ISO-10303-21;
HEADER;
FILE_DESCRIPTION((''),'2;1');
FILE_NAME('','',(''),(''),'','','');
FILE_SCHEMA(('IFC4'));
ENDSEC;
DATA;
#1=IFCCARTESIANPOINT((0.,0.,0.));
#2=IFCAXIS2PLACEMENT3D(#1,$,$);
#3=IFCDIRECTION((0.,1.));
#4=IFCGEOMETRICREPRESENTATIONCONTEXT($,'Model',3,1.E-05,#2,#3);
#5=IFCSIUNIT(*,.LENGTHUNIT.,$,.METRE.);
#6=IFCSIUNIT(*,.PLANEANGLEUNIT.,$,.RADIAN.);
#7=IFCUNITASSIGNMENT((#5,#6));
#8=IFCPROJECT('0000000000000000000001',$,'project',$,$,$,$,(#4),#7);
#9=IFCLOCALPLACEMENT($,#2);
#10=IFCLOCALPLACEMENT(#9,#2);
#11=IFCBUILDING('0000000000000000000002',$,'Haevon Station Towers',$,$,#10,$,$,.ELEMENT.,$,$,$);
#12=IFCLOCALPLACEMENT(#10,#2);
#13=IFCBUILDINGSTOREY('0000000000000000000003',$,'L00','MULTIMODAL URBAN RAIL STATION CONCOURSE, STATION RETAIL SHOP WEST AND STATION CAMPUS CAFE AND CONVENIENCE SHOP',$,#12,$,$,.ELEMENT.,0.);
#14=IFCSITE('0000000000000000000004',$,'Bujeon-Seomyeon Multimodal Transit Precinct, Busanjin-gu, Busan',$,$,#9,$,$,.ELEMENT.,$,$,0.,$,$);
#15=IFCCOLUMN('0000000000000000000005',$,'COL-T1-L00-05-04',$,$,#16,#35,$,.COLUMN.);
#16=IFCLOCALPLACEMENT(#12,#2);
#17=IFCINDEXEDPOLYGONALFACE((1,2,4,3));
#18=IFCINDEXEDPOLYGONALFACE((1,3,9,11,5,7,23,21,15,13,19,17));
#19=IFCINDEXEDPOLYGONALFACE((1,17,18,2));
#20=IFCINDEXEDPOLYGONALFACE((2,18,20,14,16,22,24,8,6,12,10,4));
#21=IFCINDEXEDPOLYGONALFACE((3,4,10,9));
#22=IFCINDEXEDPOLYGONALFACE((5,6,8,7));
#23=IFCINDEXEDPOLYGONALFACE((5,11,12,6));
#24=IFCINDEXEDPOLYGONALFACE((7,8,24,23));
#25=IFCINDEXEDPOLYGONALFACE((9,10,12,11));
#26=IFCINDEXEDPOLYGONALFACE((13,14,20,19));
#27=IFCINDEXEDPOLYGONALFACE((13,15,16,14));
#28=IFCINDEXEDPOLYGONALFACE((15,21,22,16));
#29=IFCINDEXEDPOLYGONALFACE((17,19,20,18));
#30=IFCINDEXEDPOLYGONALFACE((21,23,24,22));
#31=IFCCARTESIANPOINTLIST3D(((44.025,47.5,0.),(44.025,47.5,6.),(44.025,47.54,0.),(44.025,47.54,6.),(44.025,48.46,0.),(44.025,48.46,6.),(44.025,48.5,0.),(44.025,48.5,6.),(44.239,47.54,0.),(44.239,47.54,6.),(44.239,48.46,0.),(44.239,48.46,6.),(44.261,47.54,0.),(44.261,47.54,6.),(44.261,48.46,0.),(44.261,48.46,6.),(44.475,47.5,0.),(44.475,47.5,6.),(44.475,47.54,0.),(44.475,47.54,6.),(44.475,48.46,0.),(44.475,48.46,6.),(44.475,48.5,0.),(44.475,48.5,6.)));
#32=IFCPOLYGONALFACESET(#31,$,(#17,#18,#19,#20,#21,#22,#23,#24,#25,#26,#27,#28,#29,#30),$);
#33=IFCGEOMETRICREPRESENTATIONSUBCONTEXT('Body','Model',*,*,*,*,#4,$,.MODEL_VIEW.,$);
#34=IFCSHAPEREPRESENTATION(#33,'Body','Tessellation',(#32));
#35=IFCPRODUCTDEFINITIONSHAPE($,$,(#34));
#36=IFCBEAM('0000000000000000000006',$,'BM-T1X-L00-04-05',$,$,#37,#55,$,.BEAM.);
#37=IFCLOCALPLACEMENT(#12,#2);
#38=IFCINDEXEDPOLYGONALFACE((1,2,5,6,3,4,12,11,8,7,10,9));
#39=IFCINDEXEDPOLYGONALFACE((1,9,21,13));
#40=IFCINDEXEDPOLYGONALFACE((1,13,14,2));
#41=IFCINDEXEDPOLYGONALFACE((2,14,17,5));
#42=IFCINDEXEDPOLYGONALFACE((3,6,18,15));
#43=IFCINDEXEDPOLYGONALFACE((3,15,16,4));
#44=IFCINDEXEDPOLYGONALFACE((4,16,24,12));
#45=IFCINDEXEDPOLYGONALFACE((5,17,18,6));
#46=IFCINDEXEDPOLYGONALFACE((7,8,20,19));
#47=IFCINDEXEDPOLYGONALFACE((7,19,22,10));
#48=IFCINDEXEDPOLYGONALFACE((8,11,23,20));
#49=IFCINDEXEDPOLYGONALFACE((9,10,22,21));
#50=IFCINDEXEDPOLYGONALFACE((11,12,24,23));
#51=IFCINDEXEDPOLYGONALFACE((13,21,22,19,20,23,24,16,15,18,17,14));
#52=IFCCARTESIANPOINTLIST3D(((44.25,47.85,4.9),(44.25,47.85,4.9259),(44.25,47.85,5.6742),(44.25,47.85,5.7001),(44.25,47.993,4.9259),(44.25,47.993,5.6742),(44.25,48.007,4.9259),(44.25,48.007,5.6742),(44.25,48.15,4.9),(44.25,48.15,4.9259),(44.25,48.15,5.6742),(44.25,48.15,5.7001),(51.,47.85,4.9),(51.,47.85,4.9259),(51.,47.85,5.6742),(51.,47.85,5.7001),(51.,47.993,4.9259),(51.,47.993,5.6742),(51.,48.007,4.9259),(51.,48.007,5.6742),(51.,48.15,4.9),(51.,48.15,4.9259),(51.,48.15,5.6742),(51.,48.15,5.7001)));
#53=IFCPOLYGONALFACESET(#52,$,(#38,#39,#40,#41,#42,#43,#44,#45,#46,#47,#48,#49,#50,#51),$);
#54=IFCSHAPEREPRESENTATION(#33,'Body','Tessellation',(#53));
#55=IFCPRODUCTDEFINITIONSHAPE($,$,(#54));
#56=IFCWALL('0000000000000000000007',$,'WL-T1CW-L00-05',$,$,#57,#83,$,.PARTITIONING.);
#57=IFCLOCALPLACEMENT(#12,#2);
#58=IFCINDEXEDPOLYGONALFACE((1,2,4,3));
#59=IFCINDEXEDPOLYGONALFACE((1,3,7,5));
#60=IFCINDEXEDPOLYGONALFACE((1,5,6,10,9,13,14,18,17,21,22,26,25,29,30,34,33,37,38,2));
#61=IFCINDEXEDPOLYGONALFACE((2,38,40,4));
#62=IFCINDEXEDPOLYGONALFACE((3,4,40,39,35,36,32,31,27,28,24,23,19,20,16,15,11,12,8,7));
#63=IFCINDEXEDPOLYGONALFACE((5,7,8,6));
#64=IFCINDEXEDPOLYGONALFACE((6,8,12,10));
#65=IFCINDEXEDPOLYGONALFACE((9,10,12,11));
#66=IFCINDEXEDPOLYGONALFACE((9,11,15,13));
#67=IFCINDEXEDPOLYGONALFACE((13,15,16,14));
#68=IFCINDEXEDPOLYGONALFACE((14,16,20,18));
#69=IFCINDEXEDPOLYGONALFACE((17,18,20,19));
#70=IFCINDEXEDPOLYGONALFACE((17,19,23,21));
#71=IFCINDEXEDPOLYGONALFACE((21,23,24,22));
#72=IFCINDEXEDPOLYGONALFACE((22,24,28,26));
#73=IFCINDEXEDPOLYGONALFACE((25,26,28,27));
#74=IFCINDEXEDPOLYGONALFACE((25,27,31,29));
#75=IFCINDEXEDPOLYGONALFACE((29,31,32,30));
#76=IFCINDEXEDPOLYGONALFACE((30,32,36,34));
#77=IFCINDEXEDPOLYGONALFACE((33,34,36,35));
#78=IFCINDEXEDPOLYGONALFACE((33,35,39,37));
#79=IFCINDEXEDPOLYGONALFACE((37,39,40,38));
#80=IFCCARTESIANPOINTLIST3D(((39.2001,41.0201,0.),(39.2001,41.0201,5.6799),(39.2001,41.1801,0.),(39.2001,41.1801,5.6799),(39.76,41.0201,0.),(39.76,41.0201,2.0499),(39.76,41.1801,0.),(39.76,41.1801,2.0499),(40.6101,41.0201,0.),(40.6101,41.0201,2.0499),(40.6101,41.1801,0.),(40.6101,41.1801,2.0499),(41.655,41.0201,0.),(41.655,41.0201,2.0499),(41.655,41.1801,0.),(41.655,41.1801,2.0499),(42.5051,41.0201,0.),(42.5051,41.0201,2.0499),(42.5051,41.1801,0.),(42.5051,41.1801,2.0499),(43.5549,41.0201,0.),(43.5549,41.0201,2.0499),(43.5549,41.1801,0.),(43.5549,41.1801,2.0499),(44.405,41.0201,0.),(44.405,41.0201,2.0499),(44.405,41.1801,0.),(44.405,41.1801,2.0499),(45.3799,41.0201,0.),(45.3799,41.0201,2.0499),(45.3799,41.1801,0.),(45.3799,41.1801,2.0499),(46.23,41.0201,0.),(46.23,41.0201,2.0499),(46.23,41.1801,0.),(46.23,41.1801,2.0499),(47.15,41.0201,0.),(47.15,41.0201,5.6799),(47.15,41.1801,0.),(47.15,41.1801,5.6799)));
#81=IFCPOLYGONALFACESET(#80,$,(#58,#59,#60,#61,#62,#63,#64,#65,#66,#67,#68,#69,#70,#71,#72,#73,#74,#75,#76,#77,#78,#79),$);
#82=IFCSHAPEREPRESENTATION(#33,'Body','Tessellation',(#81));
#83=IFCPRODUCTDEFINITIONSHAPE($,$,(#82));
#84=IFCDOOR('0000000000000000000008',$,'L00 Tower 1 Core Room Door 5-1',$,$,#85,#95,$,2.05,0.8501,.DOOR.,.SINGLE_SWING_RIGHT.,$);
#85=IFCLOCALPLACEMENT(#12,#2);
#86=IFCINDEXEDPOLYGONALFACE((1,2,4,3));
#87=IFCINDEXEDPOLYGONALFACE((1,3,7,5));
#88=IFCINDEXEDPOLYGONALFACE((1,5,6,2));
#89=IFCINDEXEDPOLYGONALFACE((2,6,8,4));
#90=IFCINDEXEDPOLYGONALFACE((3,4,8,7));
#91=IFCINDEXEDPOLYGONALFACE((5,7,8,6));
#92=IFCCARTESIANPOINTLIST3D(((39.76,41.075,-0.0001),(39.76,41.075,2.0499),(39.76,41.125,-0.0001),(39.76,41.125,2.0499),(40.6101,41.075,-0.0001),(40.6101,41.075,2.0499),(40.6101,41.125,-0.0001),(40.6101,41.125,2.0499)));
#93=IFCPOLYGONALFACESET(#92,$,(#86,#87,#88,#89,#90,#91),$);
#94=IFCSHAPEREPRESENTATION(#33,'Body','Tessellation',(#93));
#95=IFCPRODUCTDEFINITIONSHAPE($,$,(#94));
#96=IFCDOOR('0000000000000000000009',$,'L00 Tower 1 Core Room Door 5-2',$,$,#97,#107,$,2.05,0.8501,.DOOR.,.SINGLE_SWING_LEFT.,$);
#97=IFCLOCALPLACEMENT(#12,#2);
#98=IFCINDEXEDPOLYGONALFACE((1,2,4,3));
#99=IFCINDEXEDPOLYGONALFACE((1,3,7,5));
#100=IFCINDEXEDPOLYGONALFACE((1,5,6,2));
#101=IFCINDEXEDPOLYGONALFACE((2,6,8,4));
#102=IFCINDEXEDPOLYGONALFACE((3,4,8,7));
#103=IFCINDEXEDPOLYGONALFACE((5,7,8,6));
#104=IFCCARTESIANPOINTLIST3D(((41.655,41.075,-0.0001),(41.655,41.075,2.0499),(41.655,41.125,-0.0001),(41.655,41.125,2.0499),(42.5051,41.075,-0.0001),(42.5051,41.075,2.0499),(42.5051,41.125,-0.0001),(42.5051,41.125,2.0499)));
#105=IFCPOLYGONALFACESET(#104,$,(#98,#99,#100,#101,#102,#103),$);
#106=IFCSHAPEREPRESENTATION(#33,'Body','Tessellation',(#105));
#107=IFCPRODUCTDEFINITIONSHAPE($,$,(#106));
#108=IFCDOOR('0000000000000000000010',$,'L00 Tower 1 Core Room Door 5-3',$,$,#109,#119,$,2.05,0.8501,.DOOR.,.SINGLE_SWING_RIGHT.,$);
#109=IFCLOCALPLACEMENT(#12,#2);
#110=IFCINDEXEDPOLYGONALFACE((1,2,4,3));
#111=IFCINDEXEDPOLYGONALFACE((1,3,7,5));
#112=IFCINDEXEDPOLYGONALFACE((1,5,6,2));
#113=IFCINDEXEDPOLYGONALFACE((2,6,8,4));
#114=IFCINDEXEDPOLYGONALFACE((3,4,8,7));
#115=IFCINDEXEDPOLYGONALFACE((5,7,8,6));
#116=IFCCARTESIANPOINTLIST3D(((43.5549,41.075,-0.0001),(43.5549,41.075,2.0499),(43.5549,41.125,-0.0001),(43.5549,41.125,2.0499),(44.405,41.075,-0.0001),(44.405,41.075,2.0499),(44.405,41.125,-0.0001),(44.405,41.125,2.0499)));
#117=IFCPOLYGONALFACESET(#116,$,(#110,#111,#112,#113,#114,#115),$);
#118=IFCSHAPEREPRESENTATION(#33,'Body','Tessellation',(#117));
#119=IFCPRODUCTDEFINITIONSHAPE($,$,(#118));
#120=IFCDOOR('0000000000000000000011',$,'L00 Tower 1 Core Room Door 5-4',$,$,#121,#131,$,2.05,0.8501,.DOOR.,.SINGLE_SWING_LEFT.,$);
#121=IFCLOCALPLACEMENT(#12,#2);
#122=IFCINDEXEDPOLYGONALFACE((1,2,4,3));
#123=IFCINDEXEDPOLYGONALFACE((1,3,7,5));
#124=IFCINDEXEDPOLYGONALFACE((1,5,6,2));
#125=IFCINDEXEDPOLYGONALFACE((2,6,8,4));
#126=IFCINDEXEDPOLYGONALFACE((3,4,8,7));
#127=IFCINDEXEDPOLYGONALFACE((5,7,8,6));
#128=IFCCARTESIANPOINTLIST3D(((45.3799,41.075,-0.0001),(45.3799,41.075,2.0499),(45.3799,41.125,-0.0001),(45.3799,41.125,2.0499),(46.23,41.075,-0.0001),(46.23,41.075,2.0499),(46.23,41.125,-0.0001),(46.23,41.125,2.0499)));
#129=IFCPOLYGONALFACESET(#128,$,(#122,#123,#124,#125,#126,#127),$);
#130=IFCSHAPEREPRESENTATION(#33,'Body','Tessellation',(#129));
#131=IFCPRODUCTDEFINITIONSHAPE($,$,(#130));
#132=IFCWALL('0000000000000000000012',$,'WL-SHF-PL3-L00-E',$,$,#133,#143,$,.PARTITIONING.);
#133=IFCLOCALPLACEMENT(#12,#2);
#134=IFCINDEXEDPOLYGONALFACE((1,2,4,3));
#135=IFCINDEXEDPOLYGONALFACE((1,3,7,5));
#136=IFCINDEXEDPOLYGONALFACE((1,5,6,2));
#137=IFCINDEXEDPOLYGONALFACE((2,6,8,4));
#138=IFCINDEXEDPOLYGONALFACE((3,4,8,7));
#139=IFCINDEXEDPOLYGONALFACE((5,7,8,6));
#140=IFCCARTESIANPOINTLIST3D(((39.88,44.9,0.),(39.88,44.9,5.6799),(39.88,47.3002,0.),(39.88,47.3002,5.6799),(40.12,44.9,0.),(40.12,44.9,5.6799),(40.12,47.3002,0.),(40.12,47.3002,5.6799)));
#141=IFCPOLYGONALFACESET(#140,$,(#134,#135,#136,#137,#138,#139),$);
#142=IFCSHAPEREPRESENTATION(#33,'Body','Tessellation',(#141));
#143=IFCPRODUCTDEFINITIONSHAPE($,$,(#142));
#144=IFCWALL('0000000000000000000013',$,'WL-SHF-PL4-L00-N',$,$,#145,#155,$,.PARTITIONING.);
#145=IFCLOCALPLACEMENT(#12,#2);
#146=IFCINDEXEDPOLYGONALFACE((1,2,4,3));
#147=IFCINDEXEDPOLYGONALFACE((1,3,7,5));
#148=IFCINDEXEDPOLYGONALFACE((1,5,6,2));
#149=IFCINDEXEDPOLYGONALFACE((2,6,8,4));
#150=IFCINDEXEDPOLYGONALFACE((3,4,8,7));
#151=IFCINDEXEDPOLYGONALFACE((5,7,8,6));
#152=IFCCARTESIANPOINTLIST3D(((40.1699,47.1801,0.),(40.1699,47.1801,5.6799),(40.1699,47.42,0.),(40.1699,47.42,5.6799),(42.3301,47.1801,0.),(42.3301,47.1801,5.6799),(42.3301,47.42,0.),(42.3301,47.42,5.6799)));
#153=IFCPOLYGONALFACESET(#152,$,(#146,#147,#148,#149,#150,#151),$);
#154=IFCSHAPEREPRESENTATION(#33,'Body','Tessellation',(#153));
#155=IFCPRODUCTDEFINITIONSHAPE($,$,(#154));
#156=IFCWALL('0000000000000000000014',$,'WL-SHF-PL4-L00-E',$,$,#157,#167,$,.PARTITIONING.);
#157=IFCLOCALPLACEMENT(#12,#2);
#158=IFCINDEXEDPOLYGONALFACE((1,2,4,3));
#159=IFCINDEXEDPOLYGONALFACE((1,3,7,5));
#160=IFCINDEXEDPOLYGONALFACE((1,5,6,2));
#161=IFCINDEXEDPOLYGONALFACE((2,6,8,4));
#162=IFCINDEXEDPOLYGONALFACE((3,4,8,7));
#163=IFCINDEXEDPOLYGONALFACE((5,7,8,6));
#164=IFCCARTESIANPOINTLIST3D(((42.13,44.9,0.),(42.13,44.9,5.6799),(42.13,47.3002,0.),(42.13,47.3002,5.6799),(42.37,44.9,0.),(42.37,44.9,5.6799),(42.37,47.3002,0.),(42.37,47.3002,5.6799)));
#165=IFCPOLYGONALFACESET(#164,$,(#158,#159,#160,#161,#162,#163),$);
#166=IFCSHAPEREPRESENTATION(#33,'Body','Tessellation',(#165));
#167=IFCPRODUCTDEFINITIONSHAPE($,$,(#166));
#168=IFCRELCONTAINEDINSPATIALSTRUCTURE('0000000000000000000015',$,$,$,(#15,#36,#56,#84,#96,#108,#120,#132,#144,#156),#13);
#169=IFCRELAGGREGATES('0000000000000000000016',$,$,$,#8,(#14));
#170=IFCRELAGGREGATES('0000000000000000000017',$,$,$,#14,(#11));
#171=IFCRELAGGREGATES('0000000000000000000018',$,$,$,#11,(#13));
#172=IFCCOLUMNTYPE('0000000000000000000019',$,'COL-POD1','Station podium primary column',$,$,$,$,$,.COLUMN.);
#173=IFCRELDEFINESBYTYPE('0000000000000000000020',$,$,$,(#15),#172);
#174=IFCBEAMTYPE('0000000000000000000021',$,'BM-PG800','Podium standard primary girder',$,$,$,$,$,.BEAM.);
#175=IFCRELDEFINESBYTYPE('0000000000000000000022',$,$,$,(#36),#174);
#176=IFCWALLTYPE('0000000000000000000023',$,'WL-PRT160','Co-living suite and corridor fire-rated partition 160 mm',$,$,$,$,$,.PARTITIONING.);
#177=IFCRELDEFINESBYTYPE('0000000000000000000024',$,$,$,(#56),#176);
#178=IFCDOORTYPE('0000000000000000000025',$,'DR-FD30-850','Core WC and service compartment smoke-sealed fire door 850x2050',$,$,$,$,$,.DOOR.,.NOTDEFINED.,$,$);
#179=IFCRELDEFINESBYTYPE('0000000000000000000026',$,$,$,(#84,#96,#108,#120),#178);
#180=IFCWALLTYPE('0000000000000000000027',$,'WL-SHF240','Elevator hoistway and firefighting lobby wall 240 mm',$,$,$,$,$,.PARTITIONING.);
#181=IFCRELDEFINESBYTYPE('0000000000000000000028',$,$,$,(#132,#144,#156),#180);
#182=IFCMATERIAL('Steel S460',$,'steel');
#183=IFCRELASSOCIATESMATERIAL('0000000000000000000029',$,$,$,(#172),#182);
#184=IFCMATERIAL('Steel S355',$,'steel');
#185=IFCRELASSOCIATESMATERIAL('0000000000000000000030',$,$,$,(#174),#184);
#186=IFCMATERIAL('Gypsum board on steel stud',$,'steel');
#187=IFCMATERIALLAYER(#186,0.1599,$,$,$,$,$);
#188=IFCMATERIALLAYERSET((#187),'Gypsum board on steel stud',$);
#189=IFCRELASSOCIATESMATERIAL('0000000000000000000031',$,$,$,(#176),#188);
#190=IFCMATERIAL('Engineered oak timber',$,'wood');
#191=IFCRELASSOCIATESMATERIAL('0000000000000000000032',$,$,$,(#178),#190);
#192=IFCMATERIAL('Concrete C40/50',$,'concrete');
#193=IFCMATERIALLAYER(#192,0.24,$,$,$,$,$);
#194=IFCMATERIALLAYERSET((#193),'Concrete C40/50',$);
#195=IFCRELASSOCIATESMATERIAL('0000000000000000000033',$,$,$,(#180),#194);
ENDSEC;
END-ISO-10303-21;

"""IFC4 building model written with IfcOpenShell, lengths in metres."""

from ifc_helpers import new_model, si_unit, direction, frame, frame_2d, origin, origin_2d, place, context, subcontext, project, spatial, rectangle, i_section, extrude, material, layer, layer_set, material_profile, profile_set, type_object, element, fill, save


model = new_model("IFC4")

# Units and contexts
model_context = context("Model", 3, precision=1e-05, world=origin(), true_north=direction((0.0, 1.0)))
body_context = subcontext(model_context, "Body", "Model", "MODEL_VIEW")
ifc_project = project(units=[si_unit("LENGTHUNIT", "METRE"), si_unit("PLANEANGLEUNIT", "RADIAN")], contexts=[model_context])

# Site, building, storey
site_placement = place(None, origin())
site = spatial("IfcSite", under=ifc_project, at=site_placement, Name="Bujeon-Seomyeon Multimodal Transit Precinct, Busanjin-gu, Busan", CompositionType="ELEMENT", RefElevation=0.0)
building_placement = place(site_placement, origin())
building = spatial("IfcBuilding", under=site, at=building_placement, Name="Haevon Station Towers", CompositionType="ELEMENT")
storey_placement = place(building_placement, origin())
storey = spatial("IfcBuildingStorey", under=building, at=storey_placement, Name="L00", Description="MULTIMODAL URBAN RAIL STATION CONCOURSE, STATION RETAIL SHOP WEST AND STATION CAMPUS CAFE AND CONVENIENCE SHOP", CompositionType="ELEMENT", Elevation=0.0)

# Column
ifc_material_1 = material(Name="Steel S460", Category="steel")
ifc_material_profile_1 = material_profile(ifc_material_1, i_section(OverallWidth=0.45, OverallDepth=1.0, WebThickness=0.022, FlangeThickness=0.04, at=origin_2d()), Name="H-1000x450x22x40")
ifc_profile_set_1 = profile_set([ifc_material_profile_1], Name="Steel S460")
column_type = type_object("IfcColumnType", Name="COL-POD1", Description="Station podium primary column", PredefinedType="COLUMN", material=ifc_profile_set_1)
column_placement = place(storey_placement, frame((44.25, 48.0, 0.0), z_axis=(0.0, 0.0, 1.0), x_axis=(1.0, 0.0, 0.0)))
element("IfcColumn", 1, at=column_placement, inside=storey, type_object=column_type, Name="COL-T1-L00-05-04", PredefinedType="COLUMN", context=body_context, shape_type="SweptSolid", body=[
    extrude(i_section(OverallWidth=0.45, OverallDepth=1.0, WebThickness=0.022, FlangeThickness=0.04, at=origin_2d()), origin(), (0.0, 0.0, 1.0), 6.0),
])

# Beam
ifc_material_2 = material(Name="Steel S355", Category="steel")
ifc_material_profile_2 = material_profile(ifc_material_2, i_section(OverallWidth=0.3, OverallDepth=0.8, WebThickness=0.0139, FlangeThickness=0.0259, at=origin_2d()), Name="H-800x300x14x26")
ifc_profile_set_2 = profile_set([ifc_material_profile_2], Name="Steel S355")
beam_type = type_object("IfcBeamType", Name="BM-PG800", Description="Podium standard primary girder", PredefinedType="BEAM", material=ifc_profile_set_2)
beam_placement = place(storey_placement, frame((44.25, 48.0, 5.3), z_axis=(1.0, 0.0, 0.0), x_axis=(0.0, 1.0, 0.0)))
element("IfcBeam", 2, at=beam_placement, inside=storey, type_object=beam_type, Name="BM-T1X-L00-04-05", PredefinedType="BEAM", context=body_context, shape_type="SweptSolid", body=[
    extrude(i_section(OverallWidth=0.3, OverallDepth=0.8, WebThickness=0.0139, FlangeThickness=0.0259, at=origin_2d()), origin(), (0.0, 0.0, 1.0), 6.75),
])

# Wall, openings, doors
ifc_material_3 = material(Name="Gypsum board on steel stud", Category="steel")
ifc_layer_1 = layer(ifc_material_3, 0.1599)
ifc_layer_set_1 = layer_set([ifc_layer_1], Name="Gypsum board on steel stud")
wall_type_1 = type_object("IfcWallType", Name="WL-PRT160", Description="Co-living suite and corridor fire-rated partition 160 mm", PredefinedType="PARTITIONING", material=ifc_layer_set_1)
wall_1_placement = place(storey_placement, frame((39.2, 41.1001, 0.0), z_axis=(0.0, 0.0, 1.0), x_axis=(1.0, 0.0, 0.0)))
wall_1 = element("IfcWall", 3, at=wall_1_placement, inside=storey, type_object=wall_type_1, Name="WL-T1CW-L00-05", PredefinedType="PARTITIONING", context=body_context, shape_type="SweptSolid", body=[
    extrude(rectangle(XDim=7.95, YDim=0.1599, at=frame_2d((3.9751, 0.0))), origin(), (0.0, 0.0, 1.0), 5.6799),
])
opening_1_placement = place(wall_1_placement, frame((0.5601, 0.0, 0.0)))
opening_1 = element("IfcOpeningElement", 4, at=opening_1_placement, cuts=wall_1, PredefinedType="OPENING", context=body_context, shape_type="SweptSolid", body=[
    extrude(rectangle(XDim=0.8501, YDim=2.05, at=frame_2d((0.425, 1.0249))), frame((0.0, 0.0898, 0.0), z_axis=(0.0, -1.0, 0.0), x_axis=(1.0, 0.0, 0.0)), (0.0, 0.0, 1.0), 0.1799),
])
opening_2_placement = place(wall_1_placement, frame((2.4551, 0.0, 0.0)))
opening_2 = element("IfcOpeningElement", 5, at=opening_2_placement, cuts=wall_1, PredefinedType="OPENING", context=body_context, shape_type="SweptSolid", body=[
    extrude(rectangle(XDim=0.8501, YDim=2.05, at=frame_2d((0.425, 1.0249))), frame((0.0, 0.0898, 0.0), z_axis=(0.0, -1.0, 0.0), x_axis=(1.0, 0.0, 0.0)), (0.0, 0.0, 1.0), 0.1799),
])
opening_3_placement = place(wall_1_placement, frame((4.355, 0.0, 0.0)))
opening_3 = element("IfcOpeningElement", 6, at=opening_3_placement, cuts=wall_1, PredefinedType="OPENING", context=body_context, shape_type="SweptSolid", body=[
    extrude(rectangle(XDim=0.8501, YDim=2.05, at=frame_2d((0.425, 1.0249))), frame((0.0, 0.0898, 0.0), z_axis=(0.0, -1.0, 0.0), x_axis=(1.0, 0.0, 0.0)), (0.0, 0.0, 1.0), 0.1799),
])
opening_4_placement = place(wall_1_placement, frame((6.1799, 0.0, 0.0)))
opening_4 = element("IfcOpeningElement", 7, at=opening_4_placement, cuts=wall_1, PredefinedType="OPENING", context=body_context, shape_type="SweptSolid", body=[
    extrude(rectangle(XDim=0.8501, YDim=2.05, at=frame_2d((0.425, 1.0249))), frame((0.0, 0.0898, 0.0), z_axis=(0.0, -1.0, 0.0), x_axis=(1.0, 0.0, 0.0)), (0.0, 0.0, 1.0), 0.1799),
])
ifc_material_4 = material(Name="Engineered oak timber", Category="wood")
door_type_1 = type_object("IfcDoorType", Name="DR-FD30-850", Description="Core WC and service compartment smoke-sealed fire door 850x2050", OperationType="NOTDEFINED", PredefinedType="DOOR", material=ifc_material_4)
door_1_placement = place(opening_1_placement, origin())
door_1 = element("IfcDoor", 8, at=door_1_placement, inside=storey, type_object=door_type_1, Name="L00 Tower 1 Core Room Door 5-1", OperationType="SINGLE_SWING_RIGHT", OverallHeight=2.05, OverallWidth=0.8501, PredefinedType="DOOR", context=body_context, shape_type="SweptSolid", body=[
    extrude(rectangle(XDim=0.8501, YDim=2.05, at=frame_2d((0.425, 1.0249))), frame((0.0, 0.0249, 0.0), z_axis=(0.0, -1.0, 0.0), x_axis=(1.0, 0.0, 0.0)), (0.0, 0.0, 1.0), 0.05),
])
fill(opening_1, door_1)
door_2_placement = place(opening_2_placement, origin())
door_2 = element("IfcDoor", 9, at=door_2_placement, inside=storey, type_object=door_type_1, Name="L00 Tower 1 Core Room Door 5-2", OperationType="SINGLE_SWING_LEFT", OverallHeight=2.05, OverallWidth=0.8501, PredefinedType="DOOR", context=body_context, shape_type="SweptSolid", body=[
    extrude(rectangle(XDim=0.8501, YDim=2.05, at=frame_2d((0.425, 1.0249))), frame((0.0, 0.0249, 0.0), z_axis=(0.0, -1.0, 0.0), x_axis=(1.0, 0.0, 0.0)), (0.0, 0.0, 1.0), 0.05),
])
fill(opening_2, door_2)
door_3_placement = place(opening_3_placement, origin())
door_3 = element("IfcDoor", 10, at=door_3_placement, inside=storey, type_object=door_type_1, Name="L00 Tower 1 Core Room Door 5-3", OperationType="SINGLE_SWING_RIGHT", OverallHeight=2.05, OverallWidth=0.8501, PredefinedType="DOOR", context=body_context, shape_type="SweptSolid", body=[
    extrude(rectangle(XDim=0.8501, YDim=2.05, at=frame_2d((0.425, 1.0249))), frame((0.0, 0.0249, 0.0), z_axis=(0.0, -1.0, 0.0), x_axis=(1.0, 0.0, 0.0)), (0.0, 0.0, 1.0), 0.05),
])
fill(opening_3, door_3)
door_4_placement = place(opening_4_placement, origin())
door_4 = element("IfcDoor", 11, at=door_4_placement, inside=storey, type_object=door_type_1, Name="L00 Tower 1 Core Room Door 5-4", OperationType="SINGLE_SWING_LEFT", OverallHeight=2.05, OverallWidth=0.8501, PredefinedType="DOOR", context=body_context, shape_type="SweptSolid", body=[
    extrude(rectangle(XDim=0.8501, YDim=2.05, at=frame_2d((0.425, 1.0249))), frame((0.0, 0.0249, 0.0), z_axis=(0.0, -1.0, 0.0), x_axis=(1.0, 0.0, 0.0)), (0.0, 0.0, 1.0), 0.05),
])
fill(opening_4, door_4)

# Wall
ifc_material_5 = material(Name="Concrete C40/50", Category="concrete")
ifc_layer_2 = layer(ifc_material_5, 0.24)
ifc_layer_set_2 = layer_set([ifc_layer_2], Name="Concrete C40/50")
wall_type_2 = type_object("IfcWallType", Name="WL-SHF240", Description="Elevator hoistway and firefighting lobby wall 240 mm", PredefinedType="PARTITIONING", material=ifc_layer_set_2)
wall_2_placement = place(storey_placement, frame((40.0, 44.8999, 0.0), z_axis=(0.0, 0.0, 1.0), x_axis=(0.0, 1.0, 0.0)))
element("IfcWall", 12, at=wall_2_placement, inside=storey, type_object=wall_type_2, Name="WL-SHF-PL3-L00-E", PredefinedType="PARTITIONING", context=body_context, shape_type="SweptSolid", body=[
    extrude(rectangle(XDim=2.4001, YDim=0.24, at=frame_2d((1.2002, 0.0))), origin(), (0.0, 0.0, 1.0), 5.6799),
])

# Walls
wall_3_placement = place(storey_placement, frame((40.1699, 47.3, 0.0), z_axis=(0.0, 0.0, 1.0), x_axis=(1.0, 0.0, 0.0)))
element("IfcWall", 13, at=wall_3_placement, inside=storey, type_object=wall_type_2, Name="WL-SHF-PL4-L00-N", PredefinedType="PARTITIONING", context=body_context, shape_type="SweptSolid", body=[
    extrude(rectangle(XDim=2.1602, YDim=0.24, at=frame_2d((1.0801, 0.0))), origin(), (0.0, 0.0, 1.0), 5.6799),
])
wall_4_placement = place(storey_placement, frame((42.25, 44.8999, 0.0), z_axis=(0.0, 0.0, 1.0), x_axis=(0.0, 1.0, 0.0)))
element("IfcWall", 14, at=wall_4_placement, inside=storey, type_object=wall_type_2, Name="WL-SHF-PL4-L00-E", PredefinedType="PARTITIONING", context=body_context, shape_type="SweptSolid", body=[
    extrude(rectangle(XDim=2.4001, YDim=0.24, at=frame_2d((1.2002, 0.0))), origin(), (0.0, 0.0, 1.0), 5.6799),
])

save(model, "model.ifc")
